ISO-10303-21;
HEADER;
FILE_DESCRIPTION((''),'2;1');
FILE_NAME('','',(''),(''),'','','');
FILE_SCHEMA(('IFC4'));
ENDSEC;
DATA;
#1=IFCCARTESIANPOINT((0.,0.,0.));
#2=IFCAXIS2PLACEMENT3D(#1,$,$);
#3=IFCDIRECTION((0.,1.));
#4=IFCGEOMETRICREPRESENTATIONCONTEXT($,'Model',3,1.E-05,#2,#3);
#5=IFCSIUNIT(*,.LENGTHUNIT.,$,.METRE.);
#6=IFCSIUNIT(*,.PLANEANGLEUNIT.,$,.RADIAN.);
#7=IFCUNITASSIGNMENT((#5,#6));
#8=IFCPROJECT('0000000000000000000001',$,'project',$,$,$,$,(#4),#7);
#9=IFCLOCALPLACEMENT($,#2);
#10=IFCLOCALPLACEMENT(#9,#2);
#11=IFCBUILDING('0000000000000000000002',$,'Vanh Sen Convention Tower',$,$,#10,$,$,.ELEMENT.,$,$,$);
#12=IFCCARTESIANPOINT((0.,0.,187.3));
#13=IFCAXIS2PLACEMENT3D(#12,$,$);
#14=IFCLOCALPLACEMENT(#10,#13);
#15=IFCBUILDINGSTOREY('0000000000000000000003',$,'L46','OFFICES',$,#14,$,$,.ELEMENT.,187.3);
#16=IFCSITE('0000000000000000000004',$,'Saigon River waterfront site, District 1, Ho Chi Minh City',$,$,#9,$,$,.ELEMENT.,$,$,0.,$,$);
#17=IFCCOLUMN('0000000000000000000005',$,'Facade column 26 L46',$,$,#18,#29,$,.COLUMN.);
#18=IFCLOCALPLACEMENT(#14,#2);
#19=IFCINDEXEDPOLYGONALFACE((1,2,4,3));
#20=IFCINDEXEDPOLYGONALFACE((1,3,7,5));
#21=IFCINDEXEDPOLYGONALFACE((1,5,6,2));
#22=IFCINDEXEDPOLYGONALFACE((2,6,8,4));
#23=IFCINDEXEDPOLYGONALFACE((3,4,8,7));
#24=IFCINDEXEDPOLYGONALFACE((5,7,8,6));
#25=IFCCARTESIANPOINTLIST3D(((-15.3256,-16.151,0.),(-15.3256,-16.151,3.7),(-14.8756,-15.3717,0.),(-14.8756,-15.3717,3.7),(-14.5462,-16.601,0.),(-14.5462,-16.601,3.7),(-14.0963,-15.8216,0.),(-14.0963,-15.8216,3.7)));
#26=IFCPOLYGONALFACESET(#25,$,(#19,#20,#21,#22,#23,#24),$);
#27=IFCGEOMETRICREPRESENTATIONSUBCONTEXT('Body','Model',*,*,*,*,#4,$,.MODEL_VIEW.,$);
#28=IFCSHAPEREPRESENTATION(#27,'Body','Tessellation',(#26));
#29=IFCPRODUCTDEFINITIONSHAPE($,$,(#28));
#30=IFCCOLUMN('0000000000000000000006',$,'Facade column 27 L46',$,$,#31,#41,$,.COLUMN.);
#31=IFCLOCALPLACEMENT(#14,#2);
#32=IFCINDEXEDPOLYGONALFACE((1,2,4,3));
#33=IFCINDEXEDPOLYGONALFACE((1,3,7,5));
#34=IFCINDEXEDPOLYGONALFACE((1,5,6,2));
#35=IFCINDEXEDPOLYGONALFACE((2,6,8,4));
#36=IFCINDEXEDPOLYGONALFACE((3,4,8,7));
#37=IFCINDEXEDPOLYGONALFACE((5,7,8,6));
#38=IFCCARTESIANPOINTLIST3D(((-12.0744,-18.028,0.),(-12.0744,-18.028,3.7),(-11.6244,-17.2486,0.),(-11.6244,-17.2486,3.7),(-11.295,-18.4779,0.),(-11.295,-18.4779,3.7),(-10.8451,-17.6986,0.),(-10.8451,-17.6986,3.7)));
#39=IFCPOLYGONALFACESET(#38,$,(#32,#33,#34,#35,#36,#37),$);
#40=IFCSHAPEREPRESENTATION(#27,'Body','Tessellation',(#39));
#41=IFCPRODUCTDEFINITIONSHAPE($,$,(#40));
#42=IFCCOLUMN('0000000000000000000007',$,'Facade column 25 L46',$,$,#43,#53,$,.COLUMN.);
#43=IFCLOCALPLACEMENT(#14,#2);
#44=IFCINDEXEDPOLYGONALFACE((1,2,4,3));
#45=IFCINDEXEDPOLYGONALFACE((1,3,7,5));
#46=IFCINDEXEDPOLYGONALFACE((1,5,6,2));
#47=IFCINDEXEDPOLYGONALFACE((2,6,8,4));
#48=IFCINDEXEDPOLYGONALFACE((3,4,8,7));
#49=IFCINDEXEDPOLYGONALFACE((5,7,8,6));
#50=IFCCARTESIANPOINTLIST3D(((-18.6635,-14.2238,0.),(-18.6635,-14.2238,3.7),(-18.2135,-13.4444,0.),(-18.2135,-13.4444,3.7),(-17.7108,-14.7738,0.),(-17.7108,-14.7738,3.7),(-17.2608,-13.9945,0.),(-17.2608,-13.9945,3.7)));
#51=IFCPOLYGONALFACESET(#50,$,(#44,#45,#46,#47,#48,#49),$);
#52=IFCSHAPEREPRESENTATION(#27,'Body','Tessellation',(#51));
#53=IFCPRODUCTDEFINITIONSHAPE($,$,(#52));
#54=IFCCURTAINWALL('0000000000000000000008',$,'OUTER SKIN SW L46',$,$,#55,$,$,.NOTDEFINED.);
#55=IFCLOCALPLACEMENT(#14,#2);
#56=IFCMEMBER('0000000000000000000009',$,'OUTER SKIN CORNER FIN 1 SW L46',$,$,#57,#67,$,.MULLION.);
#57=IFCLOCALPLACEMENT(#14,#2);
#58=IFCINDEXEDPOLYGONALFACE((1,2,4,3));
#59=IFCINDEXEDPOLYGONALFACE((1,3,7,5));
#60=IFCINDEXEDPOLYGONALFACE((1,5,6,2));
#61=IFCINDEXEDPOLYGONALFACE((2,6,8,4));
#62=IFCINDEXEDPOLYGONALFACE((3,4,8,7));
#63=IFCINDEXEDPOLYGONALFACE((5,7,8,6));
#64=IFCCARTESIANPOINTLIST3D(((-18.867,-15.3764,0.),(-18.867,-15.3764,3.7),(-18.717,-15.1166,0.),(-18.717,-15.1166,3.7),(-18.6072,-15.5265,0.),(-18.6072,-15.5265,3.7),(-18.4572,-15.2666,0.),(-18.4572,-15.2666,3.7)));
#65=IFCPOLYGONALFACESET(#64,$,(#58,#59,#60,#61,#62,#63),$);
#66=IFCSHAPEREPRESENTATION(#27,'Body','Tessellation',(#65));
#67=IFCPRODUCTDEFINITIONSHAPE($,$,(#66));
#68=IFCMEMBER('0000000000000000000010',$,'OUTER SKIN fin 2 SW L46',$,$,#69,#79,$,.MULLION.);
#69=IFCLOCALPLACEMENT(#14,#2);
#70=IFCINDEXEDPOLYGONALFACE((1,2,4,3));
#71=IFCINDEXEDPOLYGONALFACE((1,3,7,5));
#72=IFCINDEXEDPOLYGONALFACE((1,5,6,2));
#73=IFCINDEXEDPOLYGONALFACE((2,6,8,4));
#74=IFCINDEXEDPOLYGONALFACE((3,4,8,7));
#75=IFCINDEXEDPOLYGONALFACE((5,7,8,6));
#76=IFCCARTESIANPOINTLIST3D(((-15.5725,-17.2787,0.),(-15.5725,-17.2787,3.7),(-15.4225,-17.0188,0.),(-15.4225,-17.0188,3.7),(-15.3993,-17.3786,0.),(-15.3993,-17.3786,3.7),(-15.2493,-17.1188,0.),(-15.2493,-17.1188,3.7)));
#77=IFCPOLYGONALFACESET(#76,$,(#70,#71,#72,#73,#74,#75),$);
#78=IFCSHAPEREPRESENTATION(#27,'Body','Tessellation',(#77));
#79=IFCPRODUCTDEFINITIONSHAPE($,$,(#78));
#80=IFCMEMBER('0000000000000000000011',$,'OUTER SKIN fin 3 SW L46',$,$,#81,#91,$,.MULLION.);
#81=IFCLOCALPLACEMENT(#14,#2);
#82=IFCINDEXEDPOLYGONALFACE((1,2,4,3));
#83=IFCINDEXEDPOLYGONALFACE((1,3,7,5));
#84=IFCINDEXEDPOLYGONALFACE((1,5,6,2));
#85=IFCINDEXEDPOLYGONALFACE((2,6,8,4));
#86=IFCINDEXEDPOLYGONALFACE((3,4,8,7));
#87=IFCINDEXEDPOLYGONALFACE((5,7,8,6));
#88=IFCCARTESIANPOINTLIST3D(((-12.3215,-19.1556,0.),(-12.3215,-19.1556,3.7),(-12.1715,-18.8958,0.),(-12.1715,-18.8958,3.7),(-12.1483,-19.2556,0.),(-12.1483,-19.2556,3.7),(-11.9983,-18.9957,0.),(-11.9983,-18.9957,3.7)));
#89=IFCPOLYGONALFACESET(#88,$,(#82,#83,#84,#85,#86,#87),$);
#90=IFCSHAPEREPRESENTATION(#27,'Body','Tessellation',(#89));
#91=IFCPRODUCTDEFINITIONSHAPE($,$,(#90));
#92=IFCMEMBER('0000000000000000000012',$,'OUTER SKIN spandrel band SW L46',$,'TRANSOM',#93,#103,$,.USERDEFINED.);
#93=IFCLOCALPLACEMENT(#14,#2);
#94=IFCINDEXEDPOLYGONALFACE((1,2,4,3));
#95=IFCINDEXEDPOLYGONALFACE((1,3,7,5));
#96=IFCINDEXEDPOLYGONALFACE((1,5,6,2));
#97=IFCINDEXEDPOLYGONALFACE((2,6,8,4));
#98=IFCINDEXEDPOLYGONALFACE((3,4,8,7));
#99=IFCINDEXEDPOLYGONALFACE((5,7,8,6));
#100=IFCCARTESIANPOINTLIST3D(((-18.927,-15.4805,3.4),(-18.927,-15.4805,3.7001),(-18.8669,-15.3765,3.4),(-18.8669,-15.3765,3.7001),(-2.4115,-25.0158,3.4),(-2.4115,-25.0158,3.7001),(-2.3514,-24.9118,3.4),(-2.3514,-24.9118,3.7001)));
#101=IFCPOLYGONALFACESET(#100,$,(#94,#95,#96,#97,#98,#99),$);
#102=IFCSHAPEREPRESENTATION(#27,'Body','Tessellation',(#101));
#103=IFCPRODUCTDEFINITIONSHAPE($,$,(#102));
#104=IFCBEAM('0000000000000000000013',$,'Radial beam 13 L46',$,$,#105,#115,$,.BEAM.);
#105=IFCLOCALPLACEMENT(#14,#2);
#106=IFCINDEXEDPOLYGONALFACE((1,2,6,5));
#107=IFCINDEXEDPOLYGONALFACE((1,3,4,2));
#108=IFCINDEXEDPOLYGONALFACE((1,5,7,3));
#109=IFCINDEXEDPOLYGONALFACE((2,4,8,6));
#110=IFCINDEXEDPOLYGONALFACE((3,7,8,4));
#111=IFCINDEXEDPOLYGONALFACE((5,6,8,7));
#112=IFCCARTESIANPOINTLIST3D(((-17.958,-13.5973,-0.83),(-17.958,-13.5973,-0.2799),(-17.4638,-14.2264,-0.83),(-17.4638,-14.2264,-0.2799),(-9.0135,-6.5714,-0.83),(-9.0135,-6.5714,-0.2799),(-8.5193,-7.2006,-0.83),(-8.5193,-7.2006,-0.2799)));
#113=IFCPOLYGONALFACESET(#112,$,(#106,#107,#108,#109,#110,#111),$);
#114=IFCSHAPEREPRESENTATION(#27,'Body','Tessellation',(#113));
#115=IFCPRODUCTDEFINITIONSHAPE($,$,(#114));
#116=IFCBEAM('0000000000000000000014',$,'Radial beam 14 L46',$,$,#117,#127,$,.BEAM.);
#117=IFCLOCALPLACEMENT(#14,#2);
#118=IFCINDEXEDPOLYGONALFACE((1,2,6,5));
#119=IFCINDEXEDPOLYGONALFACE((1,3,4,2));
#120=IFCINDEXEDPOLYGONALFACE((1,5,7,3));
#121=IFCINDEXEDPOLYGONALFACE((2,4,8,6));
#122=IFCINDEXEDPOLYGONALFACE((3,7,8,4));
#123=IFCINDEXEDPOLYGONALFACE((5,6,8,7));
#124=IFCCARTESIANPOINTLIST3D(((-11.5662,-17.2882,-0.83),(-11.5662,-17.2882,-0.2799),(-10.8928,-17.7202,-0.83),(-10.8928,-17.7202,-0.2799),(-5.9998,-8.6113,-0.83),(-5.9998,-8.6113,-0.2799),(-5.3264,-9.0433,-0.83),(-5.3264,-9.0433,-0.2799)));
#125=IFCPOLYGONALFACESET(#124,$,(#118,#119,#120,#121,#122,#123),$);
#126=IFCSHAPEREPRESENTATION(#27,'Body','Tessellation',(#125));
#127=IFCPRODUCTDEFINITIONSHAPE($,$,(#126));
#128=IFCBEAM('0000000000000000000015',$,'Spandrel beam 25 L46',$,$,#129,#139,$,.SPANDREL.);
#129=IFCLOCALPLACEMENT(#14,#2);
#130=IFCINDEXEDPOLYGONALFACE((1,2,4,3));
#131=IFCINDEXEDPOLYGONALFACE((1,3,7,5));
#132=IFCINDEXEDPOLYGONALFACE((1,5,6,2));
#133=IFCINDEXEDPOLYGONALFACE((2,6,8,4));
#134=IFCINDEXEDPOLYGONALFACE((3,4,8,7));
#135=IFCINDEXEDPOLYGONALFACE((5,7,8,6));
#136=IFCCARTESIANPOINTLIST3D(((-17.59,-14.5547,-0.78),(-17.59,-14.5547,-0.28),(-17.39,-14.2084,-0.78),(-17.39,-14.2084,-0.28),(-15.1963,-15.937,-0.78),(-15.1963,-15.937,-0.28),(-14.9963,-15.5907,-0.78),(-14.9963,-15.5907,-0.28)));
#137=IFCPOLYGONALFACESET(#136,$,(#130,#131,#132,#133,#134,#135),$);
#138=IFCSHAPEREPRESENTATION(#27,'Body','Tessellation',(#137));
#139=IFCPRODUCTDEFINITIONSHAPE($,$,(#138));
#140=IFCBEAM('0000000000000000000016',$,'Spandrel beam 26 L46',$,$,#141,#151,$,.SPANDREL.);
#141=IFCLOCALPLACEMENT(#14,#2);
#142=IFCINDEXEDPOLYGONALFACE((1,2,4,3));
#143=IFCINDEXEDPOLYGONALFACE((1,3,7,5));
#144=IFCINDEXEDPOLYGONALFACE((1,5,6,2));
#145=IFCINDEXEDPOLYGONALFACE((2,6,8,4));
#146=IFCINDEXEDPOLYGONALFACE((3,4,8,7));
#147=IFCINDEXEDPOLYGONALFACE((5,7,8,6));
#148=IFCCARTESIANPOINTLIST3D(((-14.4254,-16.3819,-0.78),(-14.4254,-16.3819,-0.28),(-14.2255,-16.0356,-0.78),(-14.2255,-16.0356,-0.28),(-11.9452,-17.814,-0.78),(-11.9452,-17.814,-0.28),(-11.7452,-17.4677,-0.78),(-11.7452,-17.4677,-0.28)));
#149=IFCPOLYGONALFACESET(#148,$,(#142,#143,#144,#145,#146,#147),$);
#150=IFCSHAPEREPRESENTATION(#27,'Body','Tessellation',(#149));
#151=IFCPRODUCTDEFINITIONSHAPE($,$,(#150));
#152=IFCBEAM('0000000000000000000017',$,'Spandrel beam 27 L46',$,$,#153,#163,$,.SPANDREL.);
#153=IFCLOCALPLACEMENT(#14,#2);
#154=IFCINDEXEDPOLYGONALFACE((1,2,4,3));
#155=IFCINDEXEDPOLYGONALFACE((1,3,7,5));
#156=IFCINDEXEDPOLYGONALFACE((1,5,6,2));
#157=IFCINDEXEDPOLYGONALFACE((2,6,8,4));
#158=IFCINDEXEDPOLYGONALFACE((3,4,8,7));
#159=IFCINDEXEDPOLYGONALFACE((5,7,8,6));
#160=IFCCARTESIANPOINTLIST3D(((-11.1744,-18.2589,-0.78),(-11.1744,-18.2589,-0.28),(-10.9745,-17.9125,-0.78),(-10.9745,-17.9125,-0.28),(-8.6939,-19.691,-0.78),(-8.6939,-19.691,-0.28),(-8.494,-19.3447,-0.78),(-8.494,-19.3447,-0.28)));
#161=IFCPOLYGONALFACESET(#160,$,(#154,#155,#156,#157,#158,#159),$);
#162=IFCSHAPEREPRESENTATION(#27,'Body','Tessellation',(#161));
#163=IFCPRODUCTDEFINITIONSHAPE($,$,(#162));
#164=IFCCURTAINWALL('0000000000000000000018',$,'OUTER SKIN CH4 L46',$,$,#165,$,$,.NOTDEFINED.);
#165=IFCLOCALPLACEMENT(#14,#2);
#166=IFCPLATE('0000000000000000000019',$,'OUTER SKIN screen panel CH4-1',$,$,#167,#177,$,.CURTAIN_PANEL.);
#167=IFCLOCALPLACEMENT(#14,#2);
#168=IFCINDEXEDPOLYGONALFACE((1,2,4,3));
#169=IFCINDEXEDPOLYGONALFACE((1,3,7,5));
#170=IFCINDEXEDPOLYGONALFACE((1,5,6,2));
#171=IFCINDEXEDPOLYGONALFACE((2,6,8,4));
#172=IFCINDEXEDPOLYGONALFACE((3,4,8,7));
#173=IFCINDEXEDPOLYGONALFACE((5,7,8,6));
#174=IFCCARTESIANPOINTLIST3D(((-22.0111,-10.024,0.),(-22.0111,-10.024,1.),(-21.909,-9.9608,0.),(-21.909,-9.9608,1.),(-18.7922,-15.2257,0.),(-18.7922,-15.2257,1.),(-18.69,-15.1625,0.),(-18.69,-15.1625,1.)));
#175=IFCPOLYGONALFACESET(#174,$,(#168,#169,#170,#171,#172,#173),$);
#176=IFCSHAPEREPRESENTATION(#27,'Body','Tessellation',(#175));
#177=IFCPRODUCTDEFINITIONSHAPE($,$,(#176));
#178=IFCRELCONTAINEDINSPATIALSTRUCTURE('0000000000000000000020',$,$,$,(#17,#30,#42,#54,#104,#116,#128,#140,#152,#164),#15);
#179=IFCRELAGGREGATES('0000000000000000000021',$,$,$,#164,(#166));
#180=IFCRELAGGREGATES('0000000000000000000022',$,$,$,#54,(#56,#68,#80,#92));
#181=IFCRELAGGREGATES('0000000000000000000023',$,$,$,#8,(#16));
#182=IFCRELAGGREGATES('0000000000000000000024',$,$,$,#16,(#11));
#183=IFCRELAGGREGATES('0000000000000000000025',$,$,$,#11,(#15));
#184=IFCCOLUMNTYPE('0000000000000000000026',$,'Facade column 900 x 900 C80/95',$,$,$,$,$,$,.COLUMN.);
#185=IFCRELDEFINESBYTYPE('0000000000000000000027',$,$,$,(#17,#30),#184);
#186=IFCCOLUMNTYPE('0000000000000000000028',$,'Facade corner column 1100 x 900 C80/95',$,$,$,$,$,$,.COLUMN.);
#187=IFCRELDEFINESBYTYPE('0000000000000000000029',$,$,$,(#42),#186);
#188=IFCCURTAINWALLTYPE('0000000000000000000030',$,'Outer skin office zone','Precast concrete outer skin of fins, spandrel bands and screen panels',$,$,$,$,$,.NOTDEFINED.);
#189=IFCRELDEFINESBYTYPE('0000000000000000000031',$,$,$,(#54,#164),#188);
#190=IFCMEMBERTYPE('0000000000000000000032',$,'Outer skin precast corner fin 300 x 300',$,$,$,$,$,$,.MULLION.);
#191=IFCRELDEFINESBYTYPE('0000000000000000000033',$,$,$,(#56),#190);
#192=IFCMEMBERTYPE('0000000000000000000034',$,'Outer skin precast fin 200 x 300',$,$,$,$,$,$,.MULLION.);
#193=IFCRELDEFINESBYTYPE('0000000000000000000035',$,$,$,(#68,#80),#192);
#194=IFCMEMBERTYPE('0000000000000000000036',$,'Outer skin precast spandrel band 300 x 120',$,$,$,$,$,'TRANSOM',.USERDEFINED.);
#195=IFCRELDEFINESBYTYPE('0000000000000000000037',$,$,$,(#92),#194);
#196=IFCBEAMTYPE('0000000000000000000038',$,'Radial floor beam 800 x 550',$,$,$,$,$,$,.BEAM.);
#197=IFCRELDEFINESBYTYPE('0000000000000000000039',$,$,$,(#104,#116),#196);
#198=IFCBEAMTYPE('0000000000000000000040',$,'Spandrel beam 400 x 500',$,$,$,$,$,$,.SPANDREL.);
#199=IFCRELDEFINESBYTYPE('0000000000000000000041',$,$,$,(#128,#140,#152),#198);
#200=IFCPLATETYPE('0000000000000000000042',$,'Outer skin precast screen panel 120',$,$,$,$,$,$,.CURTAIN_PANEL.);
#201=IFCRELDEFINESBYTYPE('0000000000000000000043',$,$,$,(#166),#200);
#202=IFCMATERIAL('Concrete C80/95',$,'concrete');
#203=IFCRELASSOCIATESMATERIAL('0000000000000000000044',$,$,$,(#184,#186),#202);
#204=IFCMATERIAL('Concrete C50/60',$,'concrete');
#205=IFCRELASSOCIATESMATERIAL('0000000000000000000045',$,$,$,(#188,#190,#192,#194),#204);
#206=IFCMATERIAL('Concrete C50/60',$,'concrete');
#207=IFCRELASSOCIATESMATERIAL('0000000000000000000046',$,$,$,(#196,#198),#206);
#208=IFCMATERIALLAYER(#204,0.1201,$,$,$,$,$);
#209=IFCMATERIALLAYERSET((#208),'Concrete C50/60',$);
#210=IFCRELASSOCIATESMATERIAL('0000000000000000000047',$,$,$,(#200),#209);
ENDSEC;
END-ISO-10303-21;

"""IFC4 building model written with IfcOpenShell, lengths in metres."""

from ifc_helpers import new_model, si_unit, direction, frame, origin, origin_2d, place, context, subcontext, project, spatial, rectangle, extrude, material, layer, layer_set, material_profile, profile_set, type_object, element, aggregate, save


model = new_model("IFC4")

# Units and contexts
model_context = context("Model", 3, precision=1e-05, world=origin(), true_north=direction((0.0, 1.0)))
body_context = subcontext(model_context, "Body", "Model", "MODEL_VIEW")
ifc_project = project(units=[si_unit("LENGTHUNIT", "METRE"), si_unit("PLANEANGLEUNIT", "RADIAN")], contexts=[model_context])

# Site, building, storey
site_placement = place(None, origin())
site = spatial("IfcSite", under=ifc_project, at=site_placement, Name="Saigon River waterfront site, District 1, Ho Chi Minh City", CompositionType="ELEMENT", RefElevation=0.0)
building_placement = place(site_placement, origin())
building = spatial("IfcBuilding", under=site, at=building_placement, Name="Vanh Sen Convention Tower", CompositionType="ELEMENT")
storey_placement = place(building_placement, frame((0.0, 0.0, 187.3)))
storey = spatial("IfcBuildingStorey", under=building, at=storey_placement, Name="L46", Description="OFFICES", CompositionType="ELEMENT", Elevation=187.3)

# Columns
ifc_material_1 = material(Name="Concrete C80/95", Category="concrete")
ifc_material_profile_1 = material_profile(ifc_material_1, rectangle(XDim=0.8999, YDim=0.8999, at=origin_2d()), Name="RC 900X900")
ifc_profile_set_1 = profile_set([ifc_material_profile_1], Name="Concrete C80/95")
column_type_1 = type_object("IfcColumnType", Name="Facade column 900 x 900 C80/95", PredefinedType="COLUMN", material=ifc_profile_set_1)
for number, where, z_axis, x_axis, name in (
    (1, (-14.7109, -15.9863, 0.0), (0.0, 0.0, 1.0), (0.866025, -0.5, 0.0), "Facade column 26 L46"),
    (2, (-11.4597, -17.8633, 0.0), (0.0, 0.0, 1.0), (0.866025, -0.5, 0.0), "Facade column 27 L46"),
):
    element("IfcColumn", number, at=place(storey_placement, frame(where, z_axis=z_axis, x_axis=x_axis)), inside=storey, type_object=column_type_1, Name=name, PredefinedType="COLUMN", context=body_context, shape_type="SweptSolid", body=[
        extrude(rectangle(XDim=0.8999, YDim=0.8999, at=origin_2d()), origin(), (0.0, 0.0, 1.0), 3.7),
    ])
ifc_material_profile_2 = material_profile(ifc_material_1, rectangle(XDim=1.1001, YDim=0.8999, at=origin_2d()), Name="RC 1100X900")
ifc_profile_set_2 = profile_set([ifc_material_profile_2], Name="Concrete C80/95")
column_type_2 = type_object("IfcColumnType", Name="Facade corner column 1100 x 900 C80/95", PredefinedType="COLUMN", material=ifc_profile_set_2)
column_placement = place(storey_placement, frame((-17.9622, -14.1091, 0.0), z_axis=(0.0, 0.0, 1.0), x_axis=(0.866025, -0.5, 0.0)))
element("IfcColumn", 3, at=column_placement, inside=storey, type_object=column_type_2, Name="Facade column 25 L46", PredefinedType="COLUMN", context=body_context, shape_type="SweptSolid", body=[
    extrude(rectangle(XDim=1.1001, YDim=0.8999, at=origin_2d()), origin(), (0.0, 0.0, 1.0), 3.7),
])

# Curtain wall, members
ifc_material_2 = material(Name="Concrete C50/60", Category="concrete")
curtain_wall_type = type_object("IfcCurtainWallType", Name="Outer skin office zone", Description="Precast concrete outer skin of fins, spandrel bands and screen panels", PredefinedType="NOTDEFINED", material=ifc_material_2)
curtain_wall_1_placement = place(storey_placement, origin())
curtain_wall_1 = element("IfcCurtainWall", 4, at=curtain_wall_1_placement, inside=storey, type_object=curtain_wall_type, Name="OUTER SKIN SW L46", PredefinedType="NOTDEFINED")
ifc_material_profile_3 = material_profile(ifc_material_2, rectangle(XDim=0.3, YDim=0.3, at=origin_2d()), Name="Outer skin precast corner fin 300 x 300")
ifc_profile_set_3 = profile_set([ifc_material_profile_3], Name="Concrete C50/60")
member_type_1 = type_object("IfcMemberType", Name="Outer skin precast corner fin 300 x 300", PredefinedType="MULLION", material=ifc_profile_set_3)
member_1_placement = place(storey_placement, frame((-18.6621, -15.3215, 0.0), z_axis=(0.0, 0.0, 1.0), x_axis=(0.866025, -0.5, 0.0)))
member_1 = element("IfcMember", 5, at=member_1_placement, type_object=member_type_1, Name="OUTER SKIN CORNER FIN 1 SW L46", PredefinedType="MULLION", context=body_context, shape_type="SweptSolid", body=[
    extrude(rectangle(XDim=0.3, YDim=0.3, at=origin_2d()), origin(), (0.0, 0.0, 1.0), 3.7),
])
ifc_material_profile_4 = material_profile(ifc_material_2, rectangle(XDim=0.2, YDim=0.3, at=origin_2d()), Name="Outer skin precast fin 200 x 300")
ifc_profile_set_4 = profile_set([ifc_material_profile_4], Name="Concrete C50/60")
member_type_2 = type_object("IfcMemberType", Name="Outer skin precast fin 200 x 300", PredefinedType="MULLION", material=ifc_profile_set_4)
member_2_placement = place(storey_placement, frame((-15.4109, -17.1987, 0.0), z_axis=(0.0, 0.0, 1.0), x_axis=(0.866025, -0.5, 0.0)))
member_2 = element("IfcMember", 6, at=member_2_placement, type_object=member_type_2, Name="OUTER SKIN fin 2 SW L46", PredefinedType="MULLION", context=body_context, shape_type="SweptSolid", body=[
    extrude(rectangle(XDim=0.2, YDim=0.3, at=origin_2d()), origin(), (0.0, 0.0, 1.0), 3.7),
])
member_3_placement = place(storey_placement, frame((-12.1599, -19.0757, 0.0), z_axis=(0.0, 0.0, 1.0), x_axis=(0.866025, -0.5, 0.0)))
member_3 = element("IfcMember", 7, at=member_3_placement, type_object=member_type_2, Name="OUTER SKIN fin 3 SW L46", PredefinedType="MULLION", context=body_context, shape_type="SweptSolid", body=[
    extrude(rectangle(XDim=0.2, YDim=0.3, at=origin_2d()), origin(), (0.0, 0.0, 1.0), 3.7),
])
ifc_material_profile_5 = material_profile(ifc_material_2, rectangle(XDim=0.1201, YDim=0.3, at=origin_2d()), Name="Outer skin precast spandrel band 300 x 120")
ifc_profile_set_5 = profile_set([ifc_material_profile_5], Name="Concrete C50/60")
member_type_3 = type_object("IfcMemberType", Name="Outer skin precast spandrel band 300 x 120", ElementType="TRANSOM", PredefinedType="USERDEFINED", material=ifc_profile_set_5)
member_4_placement = place(storey_placement, frame((-18.897, -15.4285, 3.55), z_axis=(0.866023, -0.500004, 0.0), x_axis=(0.500004, 0.866023, 0.0)))
member_4 = element("IfcMember", 8, at=member_4_placement, type_object=member_type_3, Name="OUTER SKIN spandrel band SW L46", ObjectType="TRANSOM", PredefinedType="USERDEFINED", context=body_context, shape_type="SweptSolid", body=[
    extrude(rectangle(XDim=0.1201, YDim=0.3, at=origin_2d()), origin(), (0.0, 0.0, 1.0), 19.0706),
])

# Beams
ifc_material_3 = material(Name="Concrete C50/60", Category="concrete")
ifc_material_profile_6 = material_profile(ifc_material_3, rectangle(XDim=0.8, YDim=0.55, at=origin_2d()), Name="RC 800X550")
ifc_profile_set_6 = profile_set([ifc_material_profile_6], Name="Concrete C50/60")
beam_type_1 = type_object("IfcBeamType", Name="Radial floor beam 800 x 550", PredefinedType="BEAM", material=ifc_profile_set_6)
beam_1_placement = place(storey_placement, frame((-17.7109, -13.9119, -0.5549), z_axis=(0.786404, 0.617713, 0.0), x_axis=(-0.617713, 0.786404, 0.0)))
element("IfcBeam", 9, at=beam_1_placement, inside=storey, type_object=beam_type_1, Name="Radial beam 13 L46", PredefinedType="BEAM", context=body_context, shape_type="SweptSolid", body=[
    extrude(rectangle(XDim=0.8, YDim=0.55, at=origin_2d()), origin(), (0.0, 0.0, 1.0), 11.374),
])
beam_2_placement = place(storey_placement, frame((-11.2295, -17.5042, -0.5549), z_axis=(0.539967, 0.841686, 0.0), x_axis=(-0.841686, 0.539967, 0.0)))
element("IfcBeam", 10, at=beam_2_placement, inside=storey, type_object=beam_type_1, Name="Radial beam 14 L46", PredefinedType="BEAM", context=body_context, shape_type="SweptSolid", body=[
    extrude(rectangle(XDim=0.8, YDim=0.55, at=origin_2d()), origin(), (0.0, 0.0, 1.0), 10.3088),
])
ifc_material_profile_7 = material_profile(ifc_material_3, rectangle(XDim=0.3999, YDim=0.5, at=origin_2d()), Name="RC 400X500")
ifc_profile_set_7 = profile_set([ifc_material_profile_7], Name="Concrete C50/60")
beam_type_2 = type_object("IfcBeamType", Name="Spandrel beam 400 x 500", PredefinedType="SPANDREL", material=ifc_profile_set_7)
beam_3_placement = place(storey_placement, frame((-17.49, -14.3816, -0.53), z_axis=(0.865984, -0.500072, 0.0), x_axis=(0.500072, 0.865984, 0.0)))
element("IfcBeam", 11, at=beam_3_placement, inside=storey, type_object=beam_type_2, Name="Spandrel beam 25 L46", PredefinedType="SPANDREL", context=body_context, shape_type="SweptSolid", body=[
    extrude(rectangle(XDim=0.3999, YDim=0.5, at=origin_2d()), origin(), (0.0, 0.0, 1.0), 2.7642),
])
beam_4_placement = place(storey_placement, frame((-14.3254, -16.2087, -0.53), z_axis=(0.866, -0.500045, 0.0), x_axis=(0.500045, 0.866, 0.0)))
element("IfcBeam", 12, at=beam_4_placement, inside=storey, type_object=beam_type_2, Name="Spandrel beam 26 L46", PredefinedType="SPANDREL", context=body_context, shape_type="SweptSolid", body=[
    extrude(rectangle(XDim=0.3999, YDim=0.5, at=origin_2d()), origin(), (0.0, 0.0, 1.0), 2.864),
])
beam_5_placement = place(storey_placement, frame((-11.0745, -18.0857, -0.53), z_axis=(0.866021, -0.500008, 0.0), x_axis=(0.500008, 0.866021, 0.0)))
element("IfcBeam", 13, at=beam_5_placement, inside=storey, type_object=beam_type_2, Name="Spandrel beam 27 L46", PredefinedType="SPANDREL", context=body_context, shape_type="SweptSolid", body=[
    extrude(rectangle(XDim=0.3999, YDim=0.5, at=origin_2d()), origin(), (0.0, 0.0, 1.0), 2.8643),
])

# Curtain wall, plate
curtain_wall_2_placement = place(storey_placement, origin())
curtain_wall_2 = element("IfcCurtainWall", 14, at=curtain_wall_2_placement, inside=storey, type_object=curtain_wall_type, Name="OUTER SKIN CH4 L46", PredefinedType="NOTDEFINED")
ifc_layer_1 = layer(ifc_material_2, 0.1201)
ifc_layer_set_1 = layer_set([ifc_layer_1], Name="Concrete C50/60")
plate_type = type_object("IfcPlateType", Name="Outer skin precast screen panel 120", PredefinedType="CURTAIN_PANEL", material=ifc_layer_set_1)
plate_1_placement = place(storey_placement, frame((-20.3506, -12.5933, 0.0), z_axis=(0.0, 0.0, 1.0), x_axis=(0.526218, -0.850349, 0.0)))
plate_1 = element("IfcPlate", 15, at=plate_1_placement, type_object=plate_type, Name="OUTER SKIN screen panel CH4-1", PredefinedType="CURTAIN_PANEL", context=body_context, shape_type="SweptSolid", body=[
    extrude(rectangle(XDim=6.1172, YDim=0.1201, at=origin_2d()), origin(), (0.0, 0.0, 1.0), 1.0),
])
aggregate(curtain_wall_2, [plate_1])

aggregate(curtain_wall_1, [member_1, member_2, member_3, member_4])

save(model, "model.ifc")
